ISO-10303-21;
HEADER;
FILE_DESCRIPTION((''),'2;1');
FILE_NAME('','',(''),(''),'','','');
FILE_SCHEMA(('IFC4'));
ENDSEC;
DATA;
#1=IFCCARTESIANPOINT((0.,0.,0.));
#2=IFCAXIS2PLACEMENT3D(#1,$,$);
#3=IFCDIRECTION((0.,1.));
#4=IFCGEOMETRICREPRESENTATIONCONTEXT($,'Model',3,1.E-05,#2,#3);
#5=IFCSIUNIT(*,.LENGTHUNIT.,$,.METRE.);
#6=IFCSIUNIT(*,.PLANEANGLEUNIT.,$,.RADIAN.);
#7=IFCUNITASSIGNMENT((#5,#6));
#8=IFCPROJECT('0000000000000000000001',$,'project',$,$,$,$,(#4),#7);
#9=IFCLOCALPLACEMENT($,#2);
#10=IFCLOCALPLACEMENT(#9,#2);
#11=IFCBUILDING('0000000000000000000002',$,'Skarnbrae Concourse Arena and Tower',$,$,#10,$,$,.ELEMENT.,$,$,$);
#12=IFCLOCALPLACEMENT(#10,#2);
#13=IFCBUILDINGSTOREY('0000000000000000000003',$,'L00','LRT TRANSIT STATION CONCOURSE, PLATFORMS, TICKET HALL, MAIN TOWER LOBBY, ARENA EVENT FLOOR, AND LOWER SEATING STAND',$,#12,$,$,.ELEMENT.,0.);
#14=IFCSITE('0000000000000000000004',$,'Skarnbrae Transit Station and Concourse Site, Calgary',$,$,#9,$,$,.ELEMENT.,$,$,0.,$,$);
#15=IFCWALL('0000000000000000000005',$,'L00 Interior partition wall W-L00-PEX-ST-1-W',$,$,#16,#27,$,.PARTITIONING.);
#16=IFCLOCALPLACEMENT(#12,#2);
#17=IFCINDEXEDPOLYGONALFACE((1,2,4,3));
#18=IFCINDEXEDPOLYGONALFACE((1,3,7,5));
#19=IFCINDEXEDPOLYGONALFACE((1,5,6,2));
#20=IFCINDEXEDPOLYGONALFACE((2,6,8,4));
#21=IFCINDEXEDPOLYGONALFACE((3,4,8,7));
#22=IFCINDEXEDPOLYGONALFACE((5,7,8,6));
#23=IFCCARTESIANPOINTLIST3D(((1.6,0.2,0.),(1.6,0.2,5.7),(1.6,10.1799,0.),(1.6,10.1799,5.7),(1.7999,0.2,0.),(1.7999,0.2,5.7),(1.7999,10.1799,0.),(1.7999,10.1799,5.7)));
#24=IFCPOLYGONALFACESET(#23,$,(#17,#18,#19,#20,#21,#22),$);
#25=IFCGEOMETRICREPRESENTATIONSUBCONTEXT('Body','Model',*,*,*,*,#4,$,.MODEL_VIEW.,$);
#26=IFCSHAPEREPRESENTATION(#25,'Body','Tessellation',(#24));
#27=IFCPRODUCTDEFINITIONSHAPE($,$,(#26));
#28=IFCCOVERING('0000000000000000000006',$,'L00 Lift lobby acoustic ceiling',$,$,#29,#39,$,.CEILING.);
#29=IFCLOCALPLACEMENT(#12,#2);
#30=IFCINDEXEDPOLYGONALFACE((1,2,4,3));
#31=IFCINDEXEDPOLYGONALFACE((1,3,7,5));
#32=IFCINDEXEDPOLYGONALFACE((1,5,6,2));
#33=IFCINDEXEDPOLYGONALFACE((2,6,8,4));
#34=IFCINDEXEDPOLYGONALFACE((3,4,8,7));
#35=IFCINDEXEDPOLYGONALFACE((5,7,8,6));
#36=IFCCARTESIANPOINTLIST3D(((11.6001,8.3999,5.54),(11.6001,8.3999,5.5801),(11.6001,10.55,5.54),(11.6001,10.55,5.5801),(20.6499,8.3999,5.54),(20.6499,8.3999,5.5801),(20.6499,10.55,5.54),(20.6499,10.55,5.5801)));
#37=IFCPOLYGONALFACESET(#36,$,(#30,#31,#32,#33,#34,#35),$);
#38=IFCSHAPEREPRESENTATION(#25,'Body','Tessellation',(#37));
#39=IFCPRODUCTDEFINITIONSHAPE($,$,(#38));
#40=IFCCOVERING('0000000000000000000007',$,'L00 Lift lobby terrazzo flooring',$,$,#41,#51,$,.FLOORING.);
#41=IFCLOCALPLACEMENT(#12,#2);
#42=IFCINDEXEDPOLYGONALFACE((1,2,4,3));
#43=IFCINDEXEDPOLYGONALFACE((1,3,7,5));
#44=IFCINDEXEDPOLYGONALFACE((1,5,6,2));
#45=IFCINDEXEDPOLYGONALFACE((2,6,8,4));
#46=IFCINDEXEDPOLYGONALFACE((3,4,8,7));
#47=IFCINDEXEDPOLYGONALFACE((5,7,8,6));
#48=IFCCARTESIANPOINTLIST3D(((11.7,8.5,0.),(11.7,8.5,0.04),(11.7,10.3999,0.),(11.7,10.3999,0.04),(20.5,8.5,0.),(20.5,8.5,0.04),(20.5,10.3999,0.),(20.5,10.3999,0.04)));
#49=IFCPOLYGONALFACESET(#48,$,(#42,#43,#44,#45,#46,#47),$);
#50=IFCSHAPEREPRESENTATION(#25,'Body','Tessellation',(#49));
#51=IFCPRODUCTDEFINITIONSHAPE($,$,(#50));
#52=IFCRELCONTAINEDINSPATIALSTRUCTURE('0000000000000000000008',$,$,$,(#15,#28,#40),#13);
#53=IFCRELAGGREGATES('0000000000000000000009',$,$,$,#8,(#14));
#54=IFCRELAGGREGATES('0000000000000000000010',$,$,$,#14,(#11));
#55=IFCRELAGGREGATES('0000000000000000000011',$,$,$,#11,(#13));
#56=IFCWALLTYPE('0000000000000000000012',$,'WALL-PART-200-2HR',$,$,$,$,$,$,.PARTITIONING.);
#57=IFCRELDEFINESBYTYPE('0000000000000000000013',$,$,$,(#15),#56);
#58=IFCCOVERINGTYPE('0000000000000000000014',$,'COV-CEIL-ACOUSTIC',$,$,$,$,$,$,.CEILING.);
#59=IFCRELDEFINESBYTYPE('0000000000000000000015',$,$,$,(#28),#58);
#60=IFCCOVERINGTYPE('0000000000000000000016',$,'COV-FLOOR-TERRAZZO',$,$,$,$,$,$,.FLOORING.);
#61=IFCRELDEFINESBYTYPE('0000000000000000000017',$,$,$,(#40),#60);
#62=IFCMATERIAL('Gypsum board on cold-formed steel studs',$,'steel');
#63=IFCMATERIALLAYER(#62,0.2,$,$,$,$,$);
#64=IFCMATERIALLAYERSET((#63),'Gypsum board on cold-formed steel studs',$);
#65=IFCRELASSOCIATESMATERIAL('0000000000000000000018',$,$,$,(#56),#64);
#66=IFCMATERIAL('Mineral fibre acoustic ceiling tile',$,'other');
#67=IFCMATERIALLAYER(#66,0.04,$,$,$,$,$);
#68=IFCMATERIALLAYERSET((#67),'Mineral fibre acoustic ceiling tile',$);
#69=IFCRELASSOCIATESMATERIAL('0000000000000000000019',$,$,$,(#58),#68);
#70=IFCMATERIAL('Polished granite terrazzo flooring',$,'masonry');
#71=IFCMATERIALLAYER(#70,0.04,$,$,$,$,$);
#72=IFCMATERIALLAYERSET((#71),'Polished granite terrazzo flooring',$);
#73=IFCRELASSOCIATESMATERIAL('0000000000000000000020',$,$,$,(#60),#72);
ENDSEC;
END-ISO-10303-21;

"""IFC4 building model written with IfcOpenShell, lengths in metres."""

from ifc_helpers import new_model, si_unit, direction, frame, frame_2d, origin, place, context, subcontext, project, spatial, polyline, rectangle, outline, extrude, source, transform, mapped, material, layer, layer_set, type_object, element, save


model = new_model("IFC4")

# Units and contexts
model_context = context("Model", 3, precision=1e-05, world=origin(), true_north=direction((0.0, 1.0)))
body_context = subcontext(model_context, "Body", "Model", "MODEL_VIEW")
ifc_project = project(units=[si_unit("LENGTHUNIT", "METRE"), si_unit("PLANEANGLEUNIT", "RADIAN")], contexts=[model_context])

# Site, building, storey
site_placement = place(None, origin())
site = spatial("IfcSite", under=ifc_project, at=site_placement, Name="Skarnbrae Transit Station and Concourse Site, Calgary", CompositionType="ELEMENT", RefElevation=0.0)
building_placement = place(site_placement, origin())
building = spatial("IfcBuilding", under=site, at=building_placement, Name="Skarnbrae Concourse Arena and Tower", CompositionType="ELEMENT")
storey_placement = place(building_placement, origin())
storey = spatial("IfcBuildingStorey", under=building, at=storey_placement, Name="L00", Description="LRT TRANSIT STATION CONCOURSE, PLATFORMS, TICKET HALL, MAIN TOWER LOBBY, ARENA EVENT FLOOR, AND LOWER SEATING STAND", CompositionType="ELEMENT", Elevation=0.0)

# Wall
ifc_material_1 = material(Name="Gypsum board on cold-formed steel studs", Category="steel")
ifc_layer_1 = layer(ifc_material_1, 0.2)
ifc_layer_set_1 = layer_set([ifc_layer_1], Name="Gypsum board on cold-formed steel studs")
wall_type_1 = type_object("IfcWallType", Name="WALL-PART-200-2HR", PredefinedType="PARTITIONING", material=ifc_layer_set_1)
shared_shape_1 = source(origin(), body_context, "Body", "SweptSolid", [
    extrude(rectangle(XDim=9.98, YDim=0.2, at=frame_2d((4.99, 0.0))), origin(), (0.0, 0.0, 1.0), 5.7),
])
wall_1_placement = place(storey_placement, frame((1.7, 0.2, 0.0), z_axis=(0.0, 0.0, 1.0), x_axis=(0.0, 1.0, 0.0)))
element("IfcWall", 1, at=wall_1_placement, inside=storey, type_object=wall_type_1, Name="L00 Interior partition wall W-L00-PEX-ST-1-W", PredefinedType="PARTITIONING", context=body_context, shape_type="MappedRepresentation", body=[
    mapped(shared_shape_1, transform((0.0, 0.0, 0.0))),
])

# Coverings
ifc_material_2 = material(Name="Mineral fibre acoustic ceiling tile", Category="other")
ifc_layer_2 = layer(ifc_material_2, 0.04)
ifc_layer_set_2 = layer_set([ifc_layer_2], Name="Mineral fibre acoustic ceiling tile")
covering_type_1 = type_object("IfcCoveringType", Name="COV-CEIL-ACOUSTIC", PredefinedType="CEILING", material=ifc_layer_set_2)
covering_1_placement = place(storey_placement, frame((0.0, 0.0, 5.54)))
element("IfcCovering", 2, at=covering_1_placement, inside=storey, type_object=covering_type_1, Name="L00 Lift lobby acoustic ceiling", PredefinedType="CEILING", context=body_context, shape_type="SweptSolid", body=[
    extrude(outline(polyline([(11.6001, 8.3999), (20.6499, 8.3999), (20.6499, 10.55), (11.6001, 10.55), (11.6001, 8.3999)])), origin(), (0.0, 0.0, 1.0), 0.04),
])
ifc_material_3 = material(Name="Polished granite terrazzo flooring", Category="masonry")
ifc_layer_3 = layer(ifc_material_3, 0.04)
ifc_layer_set_3 = layer_set([ifc_layer_3], Name="Polished granite terrazzo flooring")
covering_type_2 = type_object("IfcCoveringType", Name="COV-FLOOR-TERRAZZO", PredefinedType="FLOORING", material=ifc_layer_set_3)
covering_2_placement = place(storey_placement, origin())
element("IfcCovering", 3, at=covering_2_placement, inside=storey, type_object=covering_type_2, Name="L00 Lift lobby terrazzo flooring", PredefinedType="FLOORING", context=body_context, shape_type="SweptSolid", body=[
    extrude(outline(polyline([(11.7, 8.5), (20.5, 8.5), (20.5, 10.3999), (11.7, 10.3999), (11.7, 8.5)])), origin(), (0.0, 0.0, 1.0), 0.04),
])

save(model, "model.ifc")
